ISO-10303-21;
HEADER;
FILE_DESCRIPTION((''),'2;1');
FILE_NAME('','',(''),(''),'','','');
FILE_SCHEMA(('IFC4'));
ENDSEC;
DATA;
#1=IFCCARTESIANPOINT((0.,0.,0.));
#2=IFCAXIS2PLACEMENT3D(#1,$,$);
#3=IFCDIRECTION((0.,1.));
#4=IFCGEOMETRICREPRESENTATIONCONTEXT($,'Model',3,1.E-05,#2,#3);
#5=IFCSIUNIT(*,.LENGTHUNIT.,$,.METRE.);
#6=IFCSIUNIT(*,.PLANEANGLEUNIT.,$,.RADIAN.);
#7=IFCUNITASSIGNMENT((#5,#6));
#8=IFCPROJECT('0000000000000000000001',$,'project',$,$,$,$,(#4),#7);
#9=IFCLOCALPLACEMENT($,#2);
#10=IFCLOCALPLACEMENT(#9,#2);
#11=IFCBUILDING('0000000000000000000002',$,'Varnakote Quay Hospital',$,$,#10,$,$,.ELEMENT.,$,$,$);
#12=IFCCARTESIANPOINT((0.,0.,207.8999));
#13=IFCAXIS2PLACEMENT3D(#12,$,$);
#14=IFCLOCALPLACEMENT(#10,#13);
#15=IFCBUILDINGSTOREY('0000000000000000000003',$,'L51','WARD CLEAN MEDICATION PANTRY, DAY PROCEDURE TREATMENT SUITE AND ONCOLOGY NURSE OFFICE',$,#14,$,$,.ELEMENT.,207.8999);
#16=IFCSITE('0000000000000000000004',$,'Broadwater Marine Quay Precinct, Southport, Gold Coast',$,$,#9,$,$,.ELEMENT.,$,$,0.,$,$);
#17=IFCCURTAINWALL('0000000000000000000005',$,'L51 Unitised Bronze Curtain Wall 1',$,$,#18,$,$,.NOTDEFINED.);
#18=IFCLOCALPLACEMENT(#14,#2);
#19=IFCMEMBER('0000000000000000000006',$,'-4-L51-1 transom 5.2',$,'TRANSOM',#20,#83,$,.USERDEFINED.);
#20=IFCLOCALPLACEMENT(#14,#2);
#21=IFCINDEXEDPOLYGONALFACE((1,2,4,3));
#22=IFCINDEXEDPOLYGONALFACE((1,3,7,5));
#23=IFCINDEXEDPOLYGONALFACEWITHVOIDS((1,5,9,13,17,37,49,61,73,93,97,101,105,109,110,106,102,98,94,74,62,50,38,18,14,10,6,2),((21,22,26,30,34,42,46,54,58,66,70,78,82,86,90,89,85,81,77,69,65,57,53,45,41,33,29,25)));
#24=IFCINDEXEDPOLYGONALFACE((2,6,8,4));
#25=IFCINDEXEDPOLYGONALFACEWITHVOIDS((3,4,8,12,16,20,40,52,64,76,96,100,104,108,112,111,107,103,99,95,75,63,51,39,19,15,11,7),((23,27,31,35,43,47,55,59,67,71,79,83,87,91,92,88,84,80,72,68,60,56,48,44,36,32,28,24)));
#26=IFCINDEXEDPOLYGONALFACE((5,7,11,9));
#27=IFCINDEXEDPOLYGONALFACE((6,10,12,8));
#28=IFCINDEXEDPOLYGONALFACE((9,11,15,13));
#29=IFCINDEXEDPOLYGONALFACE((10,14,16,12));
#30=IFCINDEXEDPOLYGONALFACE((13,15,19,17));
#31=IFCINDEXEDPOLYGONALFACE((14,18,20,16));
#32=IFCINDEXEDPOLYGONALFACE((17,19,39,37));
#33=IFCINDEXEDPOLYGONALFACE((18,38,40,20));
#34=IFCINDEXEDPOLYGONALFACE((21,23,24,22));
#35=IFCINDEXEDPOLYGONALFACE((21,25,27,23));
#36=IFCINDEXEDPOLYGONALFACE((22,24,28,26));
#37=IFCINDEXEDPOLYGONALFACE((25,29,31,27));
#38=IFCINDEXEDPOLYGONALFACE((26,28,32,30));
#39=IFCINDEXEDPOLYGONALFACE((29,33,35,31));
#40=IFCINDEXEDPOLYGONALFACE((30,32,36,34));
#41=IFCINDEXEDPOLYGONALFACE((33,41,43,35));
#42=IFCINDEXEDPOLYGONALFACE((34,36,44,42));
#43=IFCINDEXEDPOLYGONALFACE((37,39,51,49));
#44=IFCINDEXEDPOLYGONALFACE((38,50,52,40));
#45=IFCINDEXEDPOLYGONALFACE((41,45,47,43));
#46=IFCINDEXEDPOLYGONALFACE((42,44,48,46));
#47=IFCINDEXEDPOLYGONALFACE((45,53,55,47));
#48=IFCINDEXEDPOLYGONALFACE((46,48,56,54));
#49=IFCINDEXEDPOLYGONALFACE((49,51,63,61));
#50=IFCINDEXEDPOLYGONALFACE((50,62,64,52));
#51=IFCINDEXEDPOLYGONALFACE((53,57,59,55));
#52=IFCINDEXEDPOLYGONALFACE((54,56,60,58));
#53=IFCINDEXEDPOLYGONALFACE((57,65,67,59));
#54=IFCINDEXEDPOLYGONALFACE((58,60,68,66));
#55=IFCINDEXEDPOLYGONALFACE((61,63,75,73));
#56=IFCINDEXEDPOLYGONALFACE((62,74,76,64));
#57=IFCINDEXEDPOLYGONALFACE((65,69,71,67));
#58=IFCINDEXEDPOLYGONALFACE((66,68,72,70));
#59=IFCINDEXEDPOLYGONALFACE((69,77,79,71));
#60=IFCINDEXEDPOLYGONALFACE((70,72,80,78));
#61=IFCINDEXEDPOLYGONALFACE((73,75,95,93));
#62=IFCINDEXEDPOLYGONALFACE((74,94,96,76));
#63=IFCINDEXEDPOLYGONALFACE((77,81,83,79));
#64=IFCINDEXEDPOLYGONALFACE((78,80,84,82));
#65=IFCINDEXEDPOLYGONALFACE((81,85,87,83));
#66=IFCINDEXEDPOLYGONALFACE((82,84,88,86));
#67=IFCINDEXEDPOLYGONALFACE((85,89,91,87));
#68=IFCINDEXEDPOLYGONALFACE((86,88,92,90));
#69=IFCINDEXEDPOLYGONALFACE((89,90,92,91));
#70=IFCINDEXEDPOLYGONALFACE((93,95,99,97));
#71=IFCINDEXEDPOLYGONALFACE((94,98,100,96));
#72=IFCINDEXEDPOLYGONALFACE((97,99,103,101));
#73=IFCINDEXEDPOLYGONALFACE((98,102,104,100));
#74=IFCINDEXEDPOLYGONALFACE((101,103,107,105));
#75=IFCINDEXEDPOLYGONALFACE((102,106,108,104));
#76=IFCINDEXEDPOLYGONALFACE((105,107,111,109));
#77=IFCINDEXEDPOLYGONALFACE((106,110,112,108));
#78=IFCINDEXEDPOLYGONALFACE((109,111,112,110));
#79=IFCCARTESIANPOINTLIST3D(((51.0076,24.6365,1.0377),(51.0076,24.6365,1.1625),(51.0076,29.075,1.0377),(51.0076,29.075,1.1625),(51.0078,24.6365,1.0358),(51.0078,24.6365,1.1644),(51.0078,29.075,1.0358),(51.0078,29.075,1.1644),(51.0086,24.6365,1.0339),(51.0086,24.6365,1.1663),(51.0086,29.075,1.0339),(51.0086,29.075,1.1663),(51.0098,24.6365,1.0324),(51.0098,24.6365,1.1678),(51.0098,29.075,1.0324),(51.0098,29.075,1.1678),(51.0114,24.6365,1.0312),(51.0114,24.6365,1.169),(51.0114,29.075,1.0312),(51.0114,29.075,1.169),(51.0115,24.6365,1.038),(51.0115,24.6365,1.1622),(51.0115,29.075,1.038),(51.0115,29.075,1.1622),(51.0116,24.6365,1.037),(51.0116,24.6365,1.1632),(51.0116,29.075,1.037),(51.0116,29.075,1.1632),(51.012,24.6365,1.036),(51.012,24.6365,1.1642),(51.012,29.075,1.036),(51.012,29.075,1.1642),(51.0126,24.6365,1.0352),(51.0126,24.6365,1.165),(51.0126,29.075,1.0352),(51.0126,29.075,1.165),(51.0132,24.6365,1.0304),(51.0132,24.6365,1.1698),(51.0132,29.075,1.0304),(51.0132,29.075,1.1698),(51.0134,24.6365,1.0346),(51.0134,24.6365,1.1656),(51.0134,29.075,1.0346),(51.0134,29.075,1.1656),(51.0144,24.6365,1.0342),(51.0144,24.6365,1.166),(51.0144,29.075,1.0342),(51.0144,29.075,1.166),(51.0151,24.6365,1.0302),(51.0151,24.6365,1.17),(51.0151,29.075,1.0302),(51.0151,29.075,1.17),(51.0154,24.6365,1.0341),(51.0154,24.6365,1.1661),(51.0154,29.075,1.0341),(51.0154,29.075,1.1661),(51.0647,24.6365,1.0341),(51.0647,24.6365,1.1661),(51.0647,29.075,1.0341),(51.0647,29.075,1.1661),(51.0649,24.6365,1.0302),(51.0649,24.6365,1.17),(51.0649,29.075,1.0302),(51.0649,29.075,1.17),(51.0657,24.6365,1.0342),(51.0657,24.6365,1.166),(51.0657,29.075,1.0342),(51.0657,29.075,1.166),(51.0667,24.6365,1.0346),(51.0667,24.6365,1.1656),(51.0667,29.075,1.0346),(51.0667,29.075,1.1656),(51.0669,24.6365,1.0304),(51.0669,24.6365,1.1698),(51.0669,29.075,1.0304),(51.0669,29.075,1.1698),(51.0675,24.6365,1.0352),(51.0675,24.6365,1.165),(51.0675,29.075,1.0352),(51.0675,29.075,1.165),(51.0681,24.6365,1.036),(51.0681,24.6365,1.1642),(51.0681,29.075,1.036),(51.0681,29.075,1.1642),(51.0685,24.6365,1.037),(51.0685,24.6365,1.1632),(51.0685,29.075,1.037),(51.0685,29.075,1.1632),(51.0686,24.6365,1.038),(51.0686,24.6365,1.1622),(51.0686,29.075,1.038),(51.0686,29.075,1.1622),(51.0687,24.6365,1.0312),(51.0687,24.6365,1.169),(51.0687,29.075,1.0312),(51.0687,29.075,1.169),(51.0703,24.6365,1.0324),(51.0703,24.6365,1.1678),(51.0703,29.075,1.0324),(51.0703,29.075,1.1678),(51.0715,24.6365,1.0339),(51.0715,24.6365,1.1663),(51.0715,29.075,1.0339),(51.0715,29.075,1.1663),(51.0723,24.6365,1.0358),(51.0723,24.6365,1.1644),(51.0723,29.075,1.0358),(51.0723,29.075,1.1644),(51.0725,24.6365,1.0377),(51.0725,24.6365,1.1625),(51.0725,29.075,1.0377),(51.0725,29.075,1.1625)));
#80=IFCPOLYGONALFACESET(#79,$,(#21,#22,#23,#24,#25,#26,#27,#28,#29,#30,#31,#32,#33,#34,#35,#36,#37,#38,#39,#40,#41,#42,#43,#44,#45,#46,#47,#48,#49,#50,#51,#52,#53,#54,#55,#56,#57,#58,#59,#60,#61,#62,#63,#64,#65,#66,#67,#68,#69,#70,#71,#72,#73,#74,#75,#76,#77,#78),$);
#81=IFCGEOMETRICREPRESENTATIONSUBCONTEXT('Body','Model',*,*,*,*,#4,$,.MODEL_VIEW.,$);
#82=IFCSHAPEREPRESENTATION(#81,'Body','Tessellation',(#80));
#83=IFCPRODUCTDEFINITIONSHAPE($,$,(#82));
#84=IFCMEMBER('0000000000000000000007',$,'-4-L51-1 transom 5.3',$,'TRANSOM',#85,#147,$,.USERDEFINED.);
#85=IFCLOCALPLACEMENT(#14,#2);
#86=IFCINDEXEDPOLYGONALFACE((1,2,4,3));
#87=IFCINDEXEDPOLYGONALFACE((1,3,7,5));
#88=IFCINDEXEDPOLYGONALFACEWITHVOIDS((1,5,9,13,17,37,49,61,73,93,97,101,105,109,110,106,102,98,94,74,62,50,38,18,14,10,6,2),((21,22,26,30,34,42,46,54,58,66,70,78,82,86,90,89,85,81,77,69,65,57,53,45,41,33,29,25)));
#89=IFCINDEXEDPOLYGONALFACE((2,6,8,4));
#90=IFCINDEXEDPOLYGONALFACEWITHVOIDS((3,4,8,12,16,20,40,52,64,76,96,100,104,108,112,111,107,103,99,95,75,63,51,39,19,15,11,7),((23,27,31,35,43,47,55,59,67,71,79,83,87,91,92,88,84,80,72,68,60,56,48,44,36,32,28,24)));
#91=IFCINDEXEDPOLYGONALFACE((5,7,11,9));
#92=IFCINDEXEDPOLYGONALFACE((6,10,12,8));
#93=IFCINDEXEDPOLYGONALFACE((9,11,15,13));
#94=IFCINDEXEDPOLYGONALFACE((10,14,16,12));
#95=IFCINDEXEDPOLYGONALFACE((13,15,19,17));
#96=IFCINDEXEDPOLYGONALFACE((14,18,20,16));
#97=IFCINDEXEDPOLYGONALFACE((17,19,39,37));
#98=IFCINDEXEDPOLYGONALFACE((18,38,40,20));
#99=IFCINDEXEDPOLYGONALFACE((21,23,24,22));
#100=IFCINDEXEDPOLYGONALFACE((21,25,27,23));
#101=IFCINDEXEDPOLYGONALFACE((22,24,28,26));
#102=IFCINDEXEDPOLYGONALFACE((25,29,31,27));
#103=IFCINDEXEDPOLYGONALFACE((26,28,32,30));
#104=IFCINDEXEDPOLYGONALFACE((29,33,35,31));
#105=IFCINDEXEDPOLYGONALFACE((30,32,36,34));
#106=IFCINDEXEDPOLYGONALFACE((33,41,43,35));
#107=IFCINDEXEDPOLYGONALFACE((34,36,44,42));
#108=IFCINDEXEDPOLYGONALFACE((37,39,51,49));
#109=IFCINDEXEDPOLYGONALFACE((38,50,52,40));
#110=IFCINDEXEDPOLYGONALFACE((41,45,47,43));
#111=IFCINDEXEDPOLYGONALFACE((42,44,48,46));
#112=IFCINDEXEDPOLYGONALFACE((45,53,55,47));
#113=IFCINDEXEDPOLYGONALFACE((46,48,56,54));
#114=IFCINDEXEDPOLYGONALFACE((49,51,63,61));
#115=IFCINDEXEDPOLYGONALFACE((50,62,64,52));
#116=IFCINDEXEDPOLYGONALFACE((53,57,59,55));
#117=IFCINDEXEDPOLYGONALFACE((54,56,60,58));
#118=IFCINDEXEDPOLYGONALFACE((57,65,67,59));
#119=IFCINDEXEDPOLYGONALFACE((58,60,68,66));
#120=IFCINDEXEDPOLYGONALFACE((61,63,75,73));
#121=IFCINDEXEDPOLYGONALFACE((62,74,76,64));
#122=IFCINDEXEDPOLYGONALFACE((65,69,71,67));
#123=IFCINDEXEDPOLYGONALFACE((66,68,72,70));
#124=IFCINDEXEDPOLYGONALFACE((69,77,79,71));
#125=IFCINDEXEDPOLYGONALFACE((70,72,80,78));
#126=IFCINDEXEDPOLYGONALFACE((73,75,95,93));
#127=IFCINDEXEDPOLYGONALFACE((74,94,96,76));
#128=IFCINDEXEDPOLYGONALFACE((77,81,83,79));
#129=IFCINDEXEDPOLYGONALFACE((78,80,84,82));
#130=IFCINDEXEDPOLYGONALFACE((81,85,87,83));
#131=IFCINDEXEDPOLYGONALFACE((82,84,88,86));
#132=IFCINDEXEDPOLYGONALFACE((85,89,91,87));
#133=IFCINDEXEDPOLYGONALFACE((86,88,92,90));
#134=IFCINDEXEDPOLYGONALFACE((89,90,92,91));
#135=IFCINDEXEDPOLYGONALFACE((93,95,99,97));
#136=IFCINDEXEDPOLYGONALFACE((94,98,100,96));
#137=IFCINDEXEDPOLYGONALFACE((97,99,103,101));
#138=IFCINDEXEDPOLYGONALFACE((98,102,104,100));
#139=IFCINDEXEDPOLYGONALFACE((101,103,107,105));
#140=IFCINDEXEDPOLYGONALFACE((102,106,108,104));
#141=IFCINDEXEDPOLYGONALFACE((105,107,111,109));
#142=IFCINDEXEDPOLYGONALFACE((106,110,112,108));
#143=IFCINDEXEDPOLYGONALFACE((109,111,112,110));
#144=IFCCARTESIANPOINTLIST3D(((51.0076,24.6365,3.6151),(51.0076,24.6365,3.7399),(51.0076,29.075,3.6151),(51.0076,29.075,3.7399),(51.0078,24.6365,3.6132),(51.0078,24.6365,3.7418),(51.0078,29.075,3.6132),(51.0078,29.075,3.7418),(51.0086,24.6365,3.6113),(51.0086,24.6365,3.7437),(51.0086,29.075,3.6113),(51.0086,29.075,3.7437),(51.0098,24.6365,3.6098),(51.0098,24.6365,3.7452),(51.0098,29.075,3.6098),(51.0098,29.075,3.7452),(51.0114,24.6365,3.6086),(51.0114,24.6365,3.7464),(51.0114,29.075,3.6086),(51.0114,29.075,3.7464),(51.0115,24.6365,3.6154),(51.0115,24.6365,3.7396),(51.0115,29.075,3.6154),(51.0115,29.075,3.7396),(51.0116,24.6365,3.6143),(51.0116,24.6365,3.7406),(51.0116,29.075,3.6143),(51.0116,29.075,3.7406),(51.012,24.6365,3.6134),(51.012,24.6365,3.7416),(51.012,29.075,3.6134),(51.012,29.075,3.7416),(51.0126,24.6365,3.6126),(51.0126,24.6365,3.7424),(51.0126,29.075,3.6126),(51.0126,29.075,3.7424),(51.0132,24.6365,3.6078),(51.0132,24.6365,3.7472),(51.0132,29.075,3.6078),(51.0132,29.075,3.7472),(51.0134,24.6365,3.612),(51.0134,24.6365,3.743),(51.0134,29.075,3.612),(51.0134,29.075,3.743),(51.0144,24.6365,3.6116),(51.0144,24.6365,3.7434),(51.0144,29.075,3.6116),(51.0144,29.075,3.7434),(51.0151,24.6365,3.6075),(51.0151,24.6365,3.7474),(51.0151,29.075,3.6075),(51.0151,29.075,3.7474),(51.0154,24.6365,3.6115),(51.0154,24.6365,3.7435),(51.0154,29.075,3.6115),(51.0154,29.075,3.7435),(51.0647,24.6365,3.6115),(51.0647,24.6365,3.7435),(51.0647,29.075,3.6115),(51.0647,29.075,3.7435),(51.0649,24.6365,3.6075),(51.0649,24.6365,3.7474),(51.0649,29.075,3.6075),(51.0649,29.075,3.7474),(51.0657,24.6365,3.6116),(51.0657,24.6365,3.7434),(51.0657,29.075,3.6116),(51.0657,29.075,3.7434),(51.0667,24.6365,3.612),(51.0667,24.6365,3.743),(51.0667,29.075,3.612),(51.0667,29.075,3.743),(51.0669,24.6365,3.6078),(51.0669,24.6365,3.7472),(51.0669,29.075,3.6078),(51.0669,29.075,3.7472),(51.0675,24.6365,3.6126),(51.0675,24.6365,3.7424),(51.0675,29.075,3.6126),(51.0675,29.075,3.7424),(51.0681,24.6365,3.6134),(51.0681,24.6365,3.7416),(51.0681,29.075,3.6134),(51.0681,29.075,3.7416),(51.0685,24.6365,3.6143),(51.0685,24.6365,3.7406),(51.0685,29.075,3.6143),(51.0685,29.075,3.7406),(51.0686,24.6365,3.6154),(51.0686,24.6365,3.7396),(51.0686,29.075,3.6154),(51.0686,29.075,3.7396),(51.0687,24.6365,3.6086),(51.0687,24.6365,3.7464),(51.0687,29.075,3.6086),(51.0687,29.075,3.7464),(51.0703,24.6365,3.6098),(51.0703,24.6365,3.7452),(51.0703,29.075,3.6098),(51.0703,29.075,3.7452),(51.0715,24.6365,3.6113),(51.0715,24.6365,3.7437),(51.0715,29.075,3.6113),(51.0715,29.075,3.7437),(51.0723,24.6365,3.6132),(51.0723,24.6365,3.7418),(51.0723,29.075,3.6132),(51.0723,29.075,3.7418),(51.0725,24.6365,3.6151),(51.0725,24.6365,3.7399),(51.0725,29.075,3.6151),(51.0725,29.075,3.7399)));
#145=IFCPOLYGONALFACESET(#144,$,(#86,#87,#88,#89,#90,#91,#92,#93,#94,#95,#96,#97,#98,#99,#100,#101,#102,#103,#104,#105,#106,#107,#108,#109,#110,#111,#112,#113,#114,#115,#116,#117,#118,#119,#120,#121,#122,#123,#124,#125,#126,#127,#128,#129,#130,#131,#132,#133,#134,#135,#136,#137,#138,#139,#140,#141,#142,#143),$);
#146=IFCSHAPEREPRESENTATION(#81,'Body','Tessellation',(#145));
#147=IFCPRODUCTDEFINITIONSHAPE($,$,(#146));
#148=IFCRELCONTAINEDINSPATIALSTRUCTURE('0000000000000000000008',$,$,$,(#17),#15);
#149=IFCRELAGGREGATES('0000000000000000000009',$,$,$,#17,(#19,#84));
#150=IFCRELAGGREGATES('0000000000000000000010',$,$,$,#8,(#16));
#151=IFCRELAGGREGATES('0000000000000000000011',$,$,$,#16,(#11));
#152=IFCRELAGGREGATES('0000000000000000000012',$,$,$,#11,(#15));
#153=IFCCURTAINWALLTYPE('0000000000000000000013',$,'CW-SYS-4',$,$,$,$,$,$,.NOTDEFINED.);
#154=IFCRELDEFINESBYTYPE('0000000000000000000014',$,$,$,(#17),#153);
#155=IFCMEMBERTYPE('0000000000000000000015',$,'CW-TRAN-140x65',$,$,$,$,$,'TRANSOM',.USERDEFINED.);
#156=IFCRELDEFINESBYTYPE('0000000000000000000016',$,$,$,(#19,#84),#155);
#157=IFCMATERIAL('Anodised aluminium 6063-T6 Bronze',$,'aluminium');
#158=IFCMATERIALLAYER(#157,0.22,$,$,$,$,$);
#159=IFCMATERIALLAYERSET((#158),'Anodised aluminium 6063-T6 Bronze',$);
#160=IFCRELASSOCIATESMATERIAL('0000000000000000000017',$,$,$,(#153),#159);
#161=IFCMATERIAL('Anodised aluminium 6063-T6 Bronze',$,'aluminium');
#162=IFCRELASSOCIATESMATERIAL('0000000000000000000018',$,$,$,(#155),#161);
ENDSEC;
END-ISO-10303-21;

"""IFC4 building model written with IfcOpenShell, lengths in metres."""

from ifc_helpers import new_model, si_unit, direction, frame, origin, origin_2d, place, context, subcontext, project, spatial, hollow_rectangle, extrude, material, layer, layer_set, material_profile, profile_set, type_object, element, aggregate, save


model = new_model("IFC4")

# Units and contexts
model_context = context("Model", 3, precision=1e-05, world=origin(), true_north=direction((0.0, 1.0)))
body_context = subcontext(model_context, "Body", "Model", "MODEL_VIEW")
ifc_project = project(units=[si_unit("LENGTHUNIT", "METRE"), si_unit("PLANEANGLEUNIT", "RADIAN")], contexts=[model_context])

# Site, building, storey
site_placement = place(None, origin())
site = spatial("IfcSite", under=ifc_project, at=site_placement, Name="Broadwater Marine Quay Precinct, Southport, Gold Coast", CompositionType="ELEMENT", RefElevation=0.0)
building_placement = place(site_placement, origin())
building = spatial("IfcBuilding", under=site, at=building_placement, Name="Varnakote Quay Hospital", CompositionType="ELEMENT")
storey_placement = place(building_placement, frame((0.0, 0.0, 207.8999)))
storey = spatial("IfcBuildingStorey", under=building, at=storey_placement, Name="L51", Description="WARD CLEAN MEDICATION PANTRY, DAY PROCEDURE TREATMENT SUITE AND ONCOLOGY NURSE OFFICE", CompositionType="ELEMENT", Elevation=207.8999)

# Curtain wall
ifc_material_1 = material(Name="Anodised aluminium 6063-T6 Bronze", Category="aluminium")
ifc_layer_1 = layer(ifc_material_1, 0.22)
ifc_layer_set_1 = layer_set([ifc_layer_1], Name="Anodised aluminium 6063-T6 Bronze")
curtain_wall_type = type_object("IfcCurtainWallType", Name="CW-SYS-4", PredefinedType="NOTDEFINED", material=ifc_layer_set_1)
curtain_wall_1_placement = place(storey_placement, origin())
curtain_wall_1 = element("IfcCurtainWall", 1, at=curtain_wall_1_placement, inside=storey, type_object=curtain_wall_type, Name="L51 Unitised Bronze Curtain Wall 1", PredefinedType="NOTDEFINED")

# Members
ifc_material_2 = material(Name="Anodised aluminium 6063-T6 Bronze", Category="aluminium")
ifc_material_profile_1 = material_profile(ifc_material_2, hollow_rectangle(XDim=0.0649, YDim=0.1399, WallThickness=0.0039, InnerFilletRadius=0.0039, OuterFilletRadius=0.0076, at=origin_2d()), Name="CW-TRAN-140x65")
ifc_profile_set_1 = profile_set([ifc_material_profile_1], Name="Anodised aluminium 6063-T6 Bronze")
member_type_1 = type_object("IfcMemberType", Name="CW-TRAN-140x65", ElementType="TRANSOM", PredefinedType="USERDEFINED", material=ifc_profile_set_1)
member_1_placement = place(storey_placement, frame((51.04, 24.6365, 1.1001), z_axis=(0.0, 1.0, 0.0), x_axis=(-1.0, 0.0, 0.0)))
member_1 = element("IfcMember", 2, at=member_1_placement, type_object=member_type_1, Name="-4-L51-1 transom 5.2", ObjectType="TRANSOM", PredefinedType="USERDEFINED", context=body_context, shape_type="SweptSolid", body=[
    extrude(hollow_rectangle(XDim=0.0649, YDim=0.1399, WallThickness=0.0039, InnerFilletRadius=0.0039, OuterFilletRadius=0.0076, at=origin_2d()), origin(), (0.0, 0.0, 1.0), 4.4385),
])
member_2_placement = place(storey_placement, frame((51.04, 24.6365, 3.6775), z_axis=(0.0, 1.0, 0.0), x_axis=(-1.0, 0.0, 0.0)))
member_2 = element("IfcMember", 3, at=member_2_placement, type_object=member_type_1, Name="-4-L51-1 transom 5.3", ObjectType="TRANSOM", PredefinedType="USERDEFINED", context=body_context, shape_type="SweptSolid", body=[
    extrude(hollow_rectangle(XDim=0.0649, YDim=0.1399, WallThickness=0.0039, InnerFilletRadius=0.0039, OuterFilletRadius=0.0076, at=origin_2d()), origin(), (0.0, 0.0, 1.0), 4.4385),
])

aggregate(curtain_wall_1, [member_1, member_2])

save(model, "model.ifc")
